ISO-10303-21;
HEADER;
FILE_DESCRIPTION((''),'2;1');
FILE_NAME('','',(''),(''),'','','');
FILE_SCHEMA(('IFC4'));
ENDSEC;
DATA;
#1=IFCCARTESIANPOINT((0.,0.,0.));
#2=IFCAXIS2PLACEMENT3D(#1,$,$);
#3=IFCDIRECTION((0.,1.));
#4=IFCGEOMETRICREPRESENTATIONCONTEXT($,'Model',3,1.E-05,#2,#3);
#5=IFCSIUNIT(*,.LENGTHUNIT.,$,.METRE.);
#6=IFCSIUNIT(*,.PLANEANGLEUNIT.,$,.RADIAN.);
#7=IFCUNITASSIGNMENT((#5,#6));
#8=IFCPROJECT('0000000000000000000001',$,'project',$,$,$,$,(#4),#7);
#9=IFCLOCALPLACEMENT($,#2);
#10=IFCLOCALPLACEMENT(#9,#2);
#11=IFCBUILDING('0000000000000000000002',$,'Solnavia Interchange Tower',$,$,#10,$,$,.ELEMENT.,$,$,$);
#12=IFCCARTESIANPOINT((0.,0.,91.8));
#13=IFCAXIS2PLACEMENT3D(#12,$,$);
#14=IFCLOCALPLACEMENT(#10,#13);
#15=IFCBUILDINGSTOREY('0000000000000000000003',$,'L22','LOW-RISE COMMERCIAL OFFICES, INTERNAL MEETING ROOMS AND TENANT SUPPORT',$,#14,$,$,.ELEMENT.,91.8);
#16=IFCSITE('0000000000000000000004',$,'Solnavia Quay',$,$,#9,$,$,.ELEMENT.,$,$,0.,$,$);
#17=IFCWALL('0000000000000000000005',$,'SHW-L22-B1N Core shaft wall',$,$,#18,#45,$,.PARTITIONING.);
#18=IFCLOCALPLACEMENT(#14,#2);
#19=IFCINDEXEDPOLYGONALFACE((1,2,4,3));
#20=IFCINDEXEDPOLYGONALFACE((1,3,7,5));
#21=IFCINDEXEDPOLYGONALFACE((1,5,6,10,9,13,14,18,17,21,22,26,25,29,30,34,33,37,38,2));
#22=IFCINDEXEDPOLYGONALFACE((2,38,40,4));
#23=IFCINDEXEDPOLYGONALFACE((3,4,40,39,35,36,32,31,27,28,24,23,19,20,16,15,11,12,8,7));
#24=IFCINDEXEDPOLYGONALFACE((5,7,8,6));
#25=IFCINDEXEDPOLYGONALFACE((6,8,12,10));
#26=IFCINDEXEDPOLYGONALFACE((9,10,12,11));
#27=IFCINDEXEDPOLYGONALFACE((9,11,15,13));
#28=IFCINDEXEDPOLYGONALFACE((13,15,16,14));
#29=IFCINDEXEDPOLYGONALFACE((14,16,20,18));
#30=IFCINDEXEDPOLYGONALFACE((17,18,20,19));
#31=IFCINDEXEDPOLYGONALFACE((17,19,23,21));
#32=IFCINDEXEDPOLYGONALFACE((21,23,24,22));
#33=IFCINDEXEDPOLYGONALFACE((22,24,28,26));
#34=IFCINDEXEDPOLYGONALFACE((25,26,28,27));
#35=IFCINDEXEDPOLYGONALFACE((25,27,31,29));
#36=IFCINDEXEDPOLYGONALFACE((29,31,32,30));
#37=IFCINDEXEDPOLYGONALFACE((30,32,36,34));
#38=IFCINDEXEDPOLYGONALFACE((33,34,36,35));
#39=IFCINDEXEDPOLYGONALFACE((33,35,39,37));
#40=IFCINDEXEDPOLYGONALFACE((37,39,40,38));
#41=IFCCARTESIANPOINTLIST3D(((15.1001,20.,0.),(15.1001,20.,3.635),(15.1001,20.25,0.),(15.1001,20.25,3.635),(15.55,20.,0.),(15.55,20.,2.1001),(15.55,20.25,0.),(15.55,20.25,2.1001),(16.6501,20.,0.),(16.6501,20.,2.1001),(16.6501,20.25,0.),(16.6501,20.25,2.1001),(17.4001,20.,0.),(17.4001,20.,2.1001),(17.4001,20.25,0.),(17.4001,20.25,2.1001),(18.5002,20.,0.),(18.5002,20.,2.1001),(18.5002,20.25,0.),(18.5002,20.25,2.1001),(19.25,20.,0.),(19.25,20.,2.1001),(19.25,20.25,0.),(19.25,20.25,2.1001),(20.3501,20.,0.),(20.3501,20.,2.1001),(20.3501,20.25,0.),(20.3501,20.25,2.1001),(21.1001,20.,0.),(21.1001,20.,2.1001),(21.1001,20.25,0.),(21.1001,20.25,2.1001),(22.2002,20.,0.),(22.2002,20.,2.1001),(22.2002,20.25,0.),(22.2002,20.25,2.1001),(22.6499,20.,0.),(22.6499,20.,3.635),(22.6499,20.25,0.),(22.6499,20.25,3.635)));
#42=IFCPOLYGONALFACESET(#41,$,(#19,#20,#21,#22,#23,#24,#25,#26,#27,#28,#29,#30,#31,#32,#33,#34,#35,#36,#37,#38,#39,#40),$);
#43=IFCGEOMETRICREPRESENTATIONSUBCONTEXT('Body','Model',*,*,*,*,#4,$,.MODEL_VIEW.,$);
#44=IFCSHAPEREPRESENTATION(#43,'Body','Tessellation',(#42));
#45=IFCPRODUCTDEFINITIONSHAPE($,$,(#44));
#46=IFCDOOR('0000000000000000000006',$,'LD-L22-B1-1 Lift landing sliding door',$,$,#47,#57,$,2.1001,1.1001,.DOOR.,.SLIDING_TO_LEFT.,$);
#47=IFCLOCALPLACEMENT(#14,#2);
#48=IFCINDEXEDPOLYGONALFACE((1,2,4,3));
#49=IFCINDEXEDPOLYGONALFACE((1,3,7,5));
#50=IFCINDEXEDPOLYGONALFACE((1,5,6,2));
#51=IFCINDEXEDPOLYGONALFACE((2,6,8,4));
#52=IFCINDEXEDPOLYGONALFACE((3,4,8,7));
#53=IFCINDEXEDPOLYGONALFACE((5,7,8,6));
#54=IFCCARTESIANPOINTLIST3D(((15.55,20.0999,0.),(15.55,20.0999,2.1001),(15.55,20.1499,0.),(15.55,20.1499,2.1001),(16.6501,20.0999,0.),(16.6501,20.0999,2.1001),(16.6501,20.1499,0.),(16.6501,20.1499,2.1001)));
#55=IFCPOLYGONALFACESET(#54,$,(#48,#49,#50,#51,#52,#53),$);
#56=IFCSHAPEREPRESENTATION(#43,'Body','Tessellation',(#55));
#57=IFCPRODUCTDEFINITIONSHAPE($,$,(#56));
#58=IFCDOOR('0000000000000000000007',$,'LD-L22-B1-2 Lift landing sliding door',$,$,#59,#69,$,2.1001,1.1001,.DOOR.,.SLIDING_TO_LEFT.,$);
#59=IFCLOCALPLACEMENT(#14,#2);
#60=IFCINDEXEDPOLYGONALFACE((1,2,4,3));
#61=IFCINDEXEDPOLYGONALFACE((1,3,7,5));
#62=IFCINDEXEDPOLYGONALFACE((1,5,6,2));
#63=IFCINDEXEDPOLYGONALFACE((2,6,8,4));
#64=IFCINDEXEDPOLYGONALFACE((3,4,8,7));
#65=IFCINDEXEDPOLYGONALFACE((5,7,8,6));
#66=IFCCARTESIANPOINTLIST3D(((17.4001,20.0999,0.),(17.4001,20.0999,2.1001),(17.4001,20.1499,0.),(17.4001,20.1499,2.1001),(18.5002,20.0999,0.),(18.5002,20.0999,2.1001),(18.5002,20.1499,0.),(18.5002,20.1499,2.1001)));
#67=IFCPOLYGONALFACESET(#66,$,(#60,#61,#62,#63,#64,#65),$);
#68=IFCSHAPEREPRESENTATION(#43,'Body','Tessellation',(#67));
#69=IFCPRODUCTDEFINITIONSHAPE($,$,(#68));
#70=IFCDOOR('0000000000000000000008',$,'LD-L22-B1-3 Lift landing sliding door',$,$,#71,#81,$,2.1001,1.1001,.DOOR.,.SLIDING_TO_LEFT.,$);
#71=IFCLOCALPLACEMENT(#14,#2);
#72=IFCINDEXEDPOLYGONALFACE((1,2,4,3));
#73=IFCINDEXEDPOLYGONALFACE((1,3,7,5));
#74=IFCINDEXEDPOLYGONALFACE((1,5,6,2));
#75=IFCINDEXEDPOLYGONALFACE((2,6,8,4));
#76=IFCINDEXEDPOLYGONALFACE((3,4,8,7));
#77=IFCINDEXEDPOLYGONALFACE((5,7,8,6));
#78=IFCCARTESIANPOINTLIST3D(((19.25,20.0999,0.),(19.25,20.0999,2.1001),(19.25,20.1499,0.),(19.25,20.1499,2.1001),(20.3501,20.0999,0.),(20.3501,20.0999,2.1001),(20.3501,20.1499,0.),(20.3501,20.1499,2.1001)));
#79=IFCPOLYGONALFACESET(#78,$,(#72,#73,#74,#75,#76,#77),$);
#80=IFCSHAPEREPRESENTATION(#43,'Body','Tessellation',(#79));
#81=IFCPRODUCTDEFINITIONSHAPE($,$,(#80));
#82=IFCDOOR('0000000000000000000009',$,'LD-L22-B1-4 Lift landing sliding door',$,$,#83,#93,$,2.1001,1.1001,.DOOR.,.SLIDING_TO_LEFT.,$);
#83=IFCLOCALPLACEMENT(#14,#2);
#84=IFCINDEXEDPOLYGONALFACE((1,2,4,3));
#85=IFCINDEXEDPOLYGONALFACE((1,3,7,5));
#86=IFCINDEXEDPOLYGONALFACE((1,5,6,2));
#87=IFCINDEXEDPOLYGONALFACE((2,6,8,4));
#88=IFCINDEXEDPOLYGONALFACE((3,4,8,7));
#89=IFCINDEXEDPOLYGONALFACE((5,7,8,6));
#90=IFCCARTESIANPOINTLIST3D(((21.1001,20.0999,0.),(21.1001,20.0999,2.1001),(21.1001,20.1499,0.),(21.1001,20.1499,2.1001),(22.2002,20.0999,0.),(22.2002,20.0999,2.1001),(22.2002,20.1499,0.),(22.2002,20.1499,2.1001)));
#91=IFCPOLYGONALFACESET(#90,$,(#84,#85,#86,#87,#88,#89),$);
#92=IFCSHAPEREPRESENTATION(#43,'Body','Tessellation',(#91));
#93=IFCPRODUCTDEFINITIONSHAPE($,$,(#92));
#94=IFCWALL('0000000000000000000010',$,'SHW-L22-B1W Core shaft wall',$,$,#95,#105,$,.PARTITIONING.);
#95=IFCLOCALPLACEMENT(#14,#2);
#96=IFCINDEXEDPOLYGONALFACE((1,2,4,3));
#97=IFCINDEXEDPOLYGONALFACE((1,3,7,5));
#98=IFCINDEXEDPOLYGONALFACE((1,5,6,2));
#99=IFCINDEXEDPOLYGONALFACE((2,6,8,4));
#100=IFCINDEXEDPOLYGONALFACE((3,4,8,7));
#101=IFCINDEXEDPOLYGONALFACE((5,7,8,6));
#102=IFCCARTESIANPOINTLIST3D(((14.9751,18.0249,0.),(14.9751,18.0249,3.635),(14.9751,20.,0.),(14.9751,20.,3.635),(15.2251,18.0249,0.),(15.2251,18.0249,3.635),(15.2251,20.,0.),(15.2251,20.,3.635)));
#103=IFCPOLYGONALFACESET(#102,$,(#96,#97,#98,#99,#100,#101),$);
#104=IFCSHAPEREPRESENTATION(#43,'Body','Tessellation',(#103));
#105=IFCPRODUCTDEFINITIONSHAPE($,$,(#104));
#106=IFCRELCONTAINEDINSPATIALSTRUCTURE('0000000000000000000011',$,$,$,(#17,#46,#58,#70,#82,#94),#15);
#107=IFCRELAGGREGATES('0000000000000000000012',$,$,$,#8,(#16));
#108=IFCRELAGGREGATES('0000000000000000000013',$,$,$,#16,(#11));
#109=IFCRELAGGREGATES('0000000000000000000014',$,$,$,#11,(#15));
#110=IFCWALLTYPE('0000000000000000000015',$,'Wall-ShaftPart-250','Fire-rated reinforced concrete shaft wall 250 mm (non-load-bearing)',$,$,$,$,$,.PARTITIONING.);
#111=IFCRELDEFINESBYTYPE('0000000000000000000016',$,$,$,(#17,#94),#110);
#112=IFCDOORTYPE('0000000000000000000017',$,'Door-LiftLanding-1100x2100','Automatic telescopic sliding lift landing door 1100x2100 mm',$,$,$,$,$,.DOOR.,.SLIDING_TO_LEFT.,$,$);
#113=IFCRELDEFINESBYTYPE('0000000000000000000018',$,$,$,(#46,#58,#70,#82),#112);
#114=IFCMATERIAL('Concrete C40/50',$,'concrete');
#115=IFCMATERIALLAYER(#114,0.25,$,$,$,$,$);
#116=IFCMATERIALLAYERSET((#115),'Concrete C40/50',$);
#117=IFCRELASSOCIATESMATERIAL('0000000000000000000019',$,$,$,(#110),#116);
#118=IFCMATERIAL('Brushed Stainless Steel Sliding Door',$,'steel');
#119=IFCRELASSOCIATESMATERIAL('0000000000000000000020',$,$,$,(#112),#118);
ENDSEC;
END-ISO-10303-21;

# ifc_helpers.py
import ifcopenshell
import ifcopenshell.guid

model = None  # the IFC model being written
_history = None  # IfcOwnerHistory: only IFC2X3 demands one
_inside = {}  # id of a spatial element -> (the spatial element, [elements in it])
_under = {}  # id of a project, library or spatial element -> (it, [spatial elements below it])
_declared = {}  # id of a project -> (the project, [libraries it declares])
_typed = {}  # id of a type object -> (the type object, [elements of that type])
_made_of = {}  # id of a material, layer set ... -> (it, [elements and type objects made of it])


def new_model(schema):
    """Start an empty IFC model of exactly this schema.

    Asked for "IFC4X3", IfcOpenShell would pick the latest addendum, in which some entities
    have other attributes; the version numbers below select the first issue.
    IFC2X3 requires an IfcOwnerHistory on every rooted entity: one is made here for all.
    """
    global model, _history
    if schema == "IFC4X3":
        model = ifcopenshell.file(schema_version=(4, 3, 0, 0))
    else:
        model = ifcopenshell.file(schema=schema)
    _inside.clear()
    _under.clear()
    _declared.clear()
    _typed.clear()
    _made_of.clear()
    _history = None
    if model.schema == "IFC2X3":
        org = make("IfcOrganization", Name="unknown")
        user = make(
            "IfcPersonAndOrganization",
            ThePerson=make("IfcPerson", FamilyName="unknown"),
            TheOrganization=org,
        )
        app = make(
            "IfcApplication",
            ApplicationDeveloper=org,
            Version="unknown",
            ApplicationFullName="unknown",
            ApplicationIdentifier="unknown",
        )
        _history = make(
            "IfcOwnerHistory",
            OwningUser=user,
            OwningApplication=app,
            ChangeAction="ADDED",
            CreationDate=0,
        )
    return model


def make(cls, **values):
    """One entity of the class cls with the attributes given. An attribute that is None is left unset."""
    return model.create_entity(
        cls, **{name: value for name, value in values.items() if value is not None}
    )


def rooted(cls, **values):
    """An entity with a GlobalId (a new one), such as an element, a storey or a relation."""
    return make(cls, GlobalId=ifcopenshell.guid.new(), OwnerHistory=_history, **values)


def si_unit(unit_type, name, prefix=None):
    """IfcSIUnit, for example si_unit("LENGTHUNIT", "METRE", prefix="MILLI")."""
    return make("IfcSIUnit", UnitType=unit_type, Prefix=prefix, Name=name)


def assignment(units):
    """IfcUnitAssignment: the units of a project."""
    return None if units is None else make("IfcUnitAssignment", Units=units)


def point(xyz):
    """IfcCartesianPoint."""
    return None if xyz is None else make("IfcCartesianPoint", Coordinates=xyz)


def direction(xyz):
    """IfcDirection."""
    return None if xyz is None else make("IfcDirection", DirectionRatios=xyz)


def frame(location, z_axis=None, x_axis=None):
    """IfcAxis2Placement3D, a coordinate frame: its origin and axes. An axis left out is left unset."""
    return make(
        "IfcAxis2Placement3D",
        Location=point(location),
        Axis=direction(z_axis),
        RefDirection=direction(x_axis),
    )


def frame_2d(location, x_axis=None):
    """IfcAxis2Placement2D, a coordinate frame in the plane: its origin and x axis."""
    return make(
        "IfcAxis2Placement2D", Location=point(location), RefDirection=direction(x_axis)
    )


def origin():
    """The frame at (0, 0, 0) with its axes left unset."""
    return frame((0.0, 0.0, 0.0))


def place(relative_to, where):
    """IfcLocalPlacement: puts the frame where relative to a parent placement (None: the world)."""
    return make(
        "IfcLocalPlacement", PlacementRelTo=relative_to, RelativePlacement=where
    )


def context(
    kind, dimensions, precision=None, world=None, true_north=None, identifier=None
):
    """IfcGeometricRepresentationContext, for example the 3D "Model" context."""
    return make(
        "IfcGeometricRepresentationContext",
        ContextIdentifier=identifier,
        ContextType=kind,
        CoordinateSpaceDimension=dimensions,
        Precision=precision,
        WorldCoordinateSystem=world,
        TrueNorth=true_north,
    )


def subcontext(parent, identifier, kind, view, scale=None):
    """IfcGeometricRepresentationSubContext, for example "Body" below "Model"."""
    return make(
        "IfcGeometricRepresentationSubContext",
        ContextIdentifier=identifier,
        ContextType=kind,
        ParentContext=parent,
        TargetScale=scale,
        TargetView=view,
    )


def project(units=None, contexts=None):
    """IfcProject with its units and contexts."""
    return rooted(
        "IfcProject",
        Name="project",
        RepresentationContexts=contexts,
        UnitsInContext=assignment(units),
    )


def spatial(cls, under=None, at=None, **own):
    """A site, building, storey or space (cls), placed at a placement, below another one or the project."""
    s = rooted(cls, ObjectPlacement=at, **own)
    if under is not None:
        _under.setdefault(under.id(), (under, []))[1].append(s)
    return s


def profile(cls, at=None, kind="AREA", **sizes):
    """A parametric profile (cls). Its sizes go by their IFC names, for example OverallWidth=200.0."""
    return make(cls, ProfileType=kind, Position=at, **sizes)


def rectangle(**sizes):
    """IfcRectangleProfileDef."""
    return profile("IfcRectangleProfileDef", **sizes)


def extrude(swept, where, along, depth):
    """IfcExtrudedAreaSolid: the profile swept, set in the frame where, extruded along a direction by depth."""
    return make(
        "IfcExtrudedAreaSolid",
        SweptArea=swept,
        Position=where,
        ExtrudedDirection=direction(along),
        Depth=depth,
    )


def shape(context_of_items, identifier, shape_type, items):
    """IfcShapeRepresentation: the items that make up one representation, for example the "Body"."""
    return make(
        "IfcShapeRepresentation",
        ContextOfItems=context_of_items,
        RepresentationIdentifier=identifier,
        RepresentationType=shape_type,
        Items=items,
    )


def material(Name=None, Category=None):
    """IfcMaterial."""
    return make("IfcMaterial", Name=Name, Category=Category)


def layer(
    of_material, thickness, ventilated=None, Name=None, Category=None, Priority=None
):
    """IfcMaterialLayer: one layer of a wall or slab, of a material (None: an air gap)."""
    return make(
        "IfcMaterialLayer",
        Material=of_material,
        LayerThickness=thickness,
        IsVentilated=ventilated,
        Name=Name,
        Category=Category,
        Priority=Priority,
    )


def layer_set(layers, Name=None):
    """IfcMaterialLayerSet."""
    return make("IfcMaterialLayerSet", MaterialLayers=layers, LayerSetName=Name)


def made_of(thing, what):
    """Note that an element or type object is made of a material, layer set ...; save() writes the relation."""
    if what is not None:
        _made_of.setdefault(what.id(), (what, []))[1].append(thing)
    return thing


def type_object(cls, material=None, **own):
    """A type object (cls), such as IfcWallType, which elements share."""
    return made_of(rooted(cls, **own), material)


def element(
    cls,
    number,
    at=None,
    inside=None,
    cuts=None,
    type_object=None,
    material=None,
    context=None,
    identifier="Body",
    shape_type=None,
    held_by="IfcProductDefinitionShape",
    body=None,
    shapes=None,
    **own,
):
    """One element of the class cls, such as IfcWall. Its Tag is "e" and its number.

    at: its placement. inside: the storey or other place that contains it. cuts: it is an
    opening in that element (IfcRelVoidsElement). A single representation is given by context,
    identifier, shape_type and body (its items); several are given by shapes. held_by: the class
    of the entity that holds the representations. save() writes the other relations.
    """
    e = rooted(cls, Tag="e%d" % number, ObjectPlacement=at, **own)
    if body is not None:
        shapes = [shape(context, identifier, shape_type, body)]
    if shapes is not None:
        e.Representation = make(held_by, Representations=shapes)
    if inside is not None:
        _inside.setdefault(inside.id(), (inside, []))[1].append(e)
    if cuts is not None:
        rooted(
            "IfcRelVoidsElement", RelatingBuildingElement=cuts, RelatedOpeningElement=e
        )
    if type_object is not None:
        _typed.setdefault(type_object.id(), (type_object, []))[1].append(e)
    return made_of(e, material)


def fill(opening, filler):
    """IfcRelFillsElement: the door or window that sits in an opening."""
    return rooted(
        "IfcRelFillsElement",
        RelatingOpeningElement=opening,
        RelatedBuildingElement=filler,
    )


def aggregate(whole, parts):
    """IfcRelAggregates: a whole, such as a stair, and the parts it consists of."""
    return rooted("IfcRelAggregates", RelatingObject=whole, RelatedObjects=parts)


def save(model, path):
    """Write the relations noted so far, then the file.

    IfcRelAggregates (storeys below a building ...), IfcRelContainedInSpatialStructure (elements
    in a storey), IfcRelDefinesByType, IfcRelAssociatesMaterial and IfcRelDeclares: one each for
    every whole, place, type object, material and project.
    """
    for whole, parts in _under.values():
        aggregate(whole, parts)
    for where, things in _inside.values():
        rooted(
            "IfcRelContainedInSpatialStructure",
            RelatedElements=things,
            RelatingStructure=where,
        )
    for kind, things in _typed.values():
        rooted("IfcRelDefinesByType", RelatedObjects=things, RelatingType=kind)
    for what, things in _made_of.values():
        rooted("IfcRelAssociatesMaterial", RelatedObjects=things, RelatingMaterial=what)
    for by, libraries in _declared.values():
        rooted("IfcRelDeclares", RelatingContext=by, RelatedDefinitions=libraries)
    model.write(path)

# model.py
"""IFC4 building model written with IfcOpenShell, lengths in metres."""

from ifc_helpers import new_model, si_unit, direction, frame, frame_2d, origin, place, context, subcontext, project, spatial, rectangle, extrude, material, layer, layer_set, type_object, element, fill, save


model = new_model("IFC4")

# Units and contexts
model_context = context("Model", 3, precision=1e-05, world=origin(), true_north=direction((0.0, 1.0)))
body_context = subcontext(model_context, "Body", "Model", "MODEL_VIEW")
ifc_project = project(units=[si_unit("LENGTHUNIT", "METRE"), si_unit("PLANEANGLEUNIT", "RADIAN")], contexts=[model_context])

# Site, building, storey
site_placement = place(None, origin())
site = spatial("IfcSite", under=ifc_project, at=site_placement, Name="Solnavia Quay", CompositionType="ELEMENT", RefElevation=0.0)
building_placement = place(site_placement, origin())
building = spatial("IfcBuilding", under=site, at=building_placement, Name="Solnavia Interchange Tower", CompositionType="ELEMENT")
storey_placement = place(building_placement, frame((0.0, 0.0, 91.8)))
storey = spatial("IfcBuildingStorey", under=building, at=storey_placement, Name="L22", Description="LOW-RISE COMMERCIAL OFFICES, INTERNAL MEETING ROOMS AND TENANT SUPPORT", CompositionType="ELEMENT", Elevation=91.8)

# Shared definitions
ifc_material_1 = material(Name="Concrete C40/50", Category="concrete")

# Shared definitions
ifc_layer_1 = layer(ifc_material_1, 0.25)
ifc_layer_set_1 = layer_set([ifc_layer_1], Name="Concrete C40/50")
wall_type_1 = type_object("IfcWallType", Name="Wall-ShaftPart-250", Description="Fire-rated reinforced concrete shaft wall 250 mm (non-load-bearing)", PredefinedType="PARTITIONING", material=ifc_layer_set_1)

# Wall, openings, doors
wall_1_placement = place(storey_placement, frame((15.1001, 20.125, 0.0), z_axis=(0.0, 0.0, 1.0), x_axis=(1.0, 0.0, 0.0)))
wall_1 = element("IfcWall", 1, at=wall_1_placement, inside=storey, type_object=wall_type_1, Name="SHW-L22-B1N Core shaft wall", PredefinedType="PARTITIONING", context=body_context, shape_type="SweptSolid", body=[
    extrude(rectangle(XDim=7.5498, YDim=0.25, at=frame_2d((3.7749, 0.0))), origin(), (0.0, 0.0, 1.0), 3.635),
])
opening_1_placement = place(wall_1_placement, frame((0.45, 0.0, 0.0)))
opening_1 = element("IfcOpeningElement", 2, at=opening_1_placement, cuts=wall_1, PredefinedType="OPENING", context=body_context, shape_type="SweptSolid", body=[
    extrude(rectangle(XDim=1.1001, YDim=2.1001, at=frame_2d((0.55, 1.05))), frame((0.0, 0.135, 0.0), z_axis=(0.0, -1.0, 0.0), x_axis=(1.0, 0.0, 0.0)), (0.0, 0.0, 1.0), 0.27),
])
opening_2_placement = place(wall_1_placement, frame((2.3, 0.0, 0.0)))
opening_2 = element("IfcOpeningElement", 3, at=opening_2_placement, cuts=wall_1, PredefinedType="OPENING", context=body_context, shape_type="SweptSolid", body=[
    extrude(rectangle(XDim=1.1001, YDim=2.1001, at=frame_2d((0.55, 1.05))), frame((0.0, 0.135, 0.0), z_axis=(0.0, -1.0, 0.0), x_axis=(1.0, 0.0, 0.0)), (0.0, 0.0, 1.0), 0.27),
])
opening_3_placement = place(wall_1_placement, frame((4.1499, 0.0, 0.0)))
opening_3 = element("IfcOpeningElement", 4, at=opening_3_placement, cuts=wall_1, PredefinedType="OPENING", context=body_context, shape_type="SweptSolid", body=[
    extrude(rectangle(XDim=1.1001, YDim=2.1001, at=frame_2d((0.55, 1.05))), frame((0.0, 0.135, 0.0), z_axis=(0.0, -1.0, 0.0), x_axis=(1.0, 0.0, 0.0)), (0.0, 0.0, 1.0), 0.27),
])
opening_4_placement = place(wall_1_placement, frame((6.0, 0.0, 0.0)))
opening_4 = element("IfcOpeningElement", 5, at=opening_4_placement, cuts=wall_1, PredefinedType="OPENING", context=body_context, shape_type="SweptSolid", body=[
    extrude(rectangle(XDim=1.1001, YDim=2.1001, at=frame_2d((0.55, 1.05))), frame((0.0, 0.135, 0.0), z_axis=(0.0, -1.0, 0.0), x_axis=(1.0, 0.0, 0.0)), (0.0, 0.0, 1.0), 0.27),
])
ifc_material_2 = material(Name="Brushed Stainless Steel Sliding Door", Category="steel")
door_type_1 = type_object("IfcDoorType", Name="Door-LiftLanding-1100x2100", Description="Automatic telescopic sliding lift landing door 1100x2100 mm", OperationType="SLIDING_TO_LEFT", PredefinedType="DOOR", material=ifc_material_2)
door_1_placement = place(opening_1_placement, origin())
door_1 = element("IfcDoor", 6, at=door_1_placement, inside=storey, type_object=door_type_1, Name="LD-L22-B1-1 Lift landing sliding door", OperationType="SLIDING_TO_LEFT", OverallHeight=2.1001, OverallWidth=1.1001, PredefinedType="DOOR", context=body_context, shape_type="SweptSolid", body=[
    extrude(rectangle(XDim=1.1001, YDim=2.1001, at=frame_2d((0.55, 1.05))), frame((0.0, 0.0249, 0.0), z_axis=(0.0, -1.0, 0.0), x_axis=(1.0, 0.0, 0.0)), (0.0, 0.0, 1.0), 0.05),
])
fill(opening_1, door_1)
door_2_placement = place(opening_2_placement, origin())
door_2 = element("IfcDoor", 7, at=door_2_placement, inside=storey, type_object=door_type_1, Name="LD-L22-B1-2 Lift landing sliding door", OperationType="SLIDING_TO_LEFT", OverallHeight=2.1001, OverallWidth=1.1001, PredefinedType="DOOR", context=body_context, shape_type="SweptSolid", body=[
    extrude(rectangle(XDim=1.1001, YDim=2.1001, at=frame_2d((0.55, 1.05))), frame((0.0, 0.0249, 0.0), z_axis=(0.0, -1.0, 0.0), x_axis=(1.0, 0.0, 0.0)), (0.0, 0.0, 1.0), 0.05),
])
fill(opening_2, door_2)
door_3_placement = place(opening_3_placement, origin())
door_3 = element("IfcDoor", 8, at=door_3_placement, inside=storey, type_object=door_type_1, Name="LD-L22-B1-3 Lift landing sliding door", OperationType="SLIDING_TO_LEFT", OverallHeight=2.1001, OverallWidth=1.1001, PredefinedType="DOOR", context=body_context, shape_type="SweptSolid", body=[
    extrude(rectangle(XDim=1.1001, YDim=2.1001, at=frame_2d((0.55, 1.05))), frame((0.0, 0.0249, 0.0), z_axis=(0.0, -1.0, 0.0), x_axis=(1.0, 0.0, 0.0)), (0.0, 0.0, 1.0), 0.05),
])
fill(opening_3, door_3)
door_4_placement = place(opening_4_placement, origin())
door_4 = element("IfcDoor", 9, at=door_4_placement, inside=storey, type_object=door_type_1, Name="LD-L22-B1-4 Lift landing sliding door", OperationType="SLIDING_TO_LEFT", OverallHeight=2.1001, OverallWidth=1.1001, PredefinedType="DOOR", context=body_context, shape_type="SweptSolid", body=[
    extrude(rectangle(XDim=1.1001, YDim=2.1001, at=frame_2d((0.55, 1.05))), frame((0.0, 0.0249, 0.0), z_axis=(0.0, -1.0, 0.0), x_axis=(1.0, 0.0, 0.0)), (0.0, 0.0, 1.0), 0.05),
])
fill(opening_4, door_4)

# Wall
wall_2_placement = place(storey_placement, frame((15.1001, 18.0249, 0.0), z_axis=(0.0, 0.0, 1.0), x_axis=(0.0, 1.0, 0.0)))
element("IfcWall", 10, at=wall_2_placement, inside=storey, type_object=wall_type_1, Name="SHW-L22-B1W Core shaft wall", PredefinedType="PARTITIONING", context=body_context, shape_type="SweptSolid", body=[
    extrude(rectangle(XDim=1.9751, YDim=0.25, at=frame_2d((0.9875, 0.0))), origin(), (0.0, 0.0, 1.0), 3.635),
])

save(model, "model.ifc")
